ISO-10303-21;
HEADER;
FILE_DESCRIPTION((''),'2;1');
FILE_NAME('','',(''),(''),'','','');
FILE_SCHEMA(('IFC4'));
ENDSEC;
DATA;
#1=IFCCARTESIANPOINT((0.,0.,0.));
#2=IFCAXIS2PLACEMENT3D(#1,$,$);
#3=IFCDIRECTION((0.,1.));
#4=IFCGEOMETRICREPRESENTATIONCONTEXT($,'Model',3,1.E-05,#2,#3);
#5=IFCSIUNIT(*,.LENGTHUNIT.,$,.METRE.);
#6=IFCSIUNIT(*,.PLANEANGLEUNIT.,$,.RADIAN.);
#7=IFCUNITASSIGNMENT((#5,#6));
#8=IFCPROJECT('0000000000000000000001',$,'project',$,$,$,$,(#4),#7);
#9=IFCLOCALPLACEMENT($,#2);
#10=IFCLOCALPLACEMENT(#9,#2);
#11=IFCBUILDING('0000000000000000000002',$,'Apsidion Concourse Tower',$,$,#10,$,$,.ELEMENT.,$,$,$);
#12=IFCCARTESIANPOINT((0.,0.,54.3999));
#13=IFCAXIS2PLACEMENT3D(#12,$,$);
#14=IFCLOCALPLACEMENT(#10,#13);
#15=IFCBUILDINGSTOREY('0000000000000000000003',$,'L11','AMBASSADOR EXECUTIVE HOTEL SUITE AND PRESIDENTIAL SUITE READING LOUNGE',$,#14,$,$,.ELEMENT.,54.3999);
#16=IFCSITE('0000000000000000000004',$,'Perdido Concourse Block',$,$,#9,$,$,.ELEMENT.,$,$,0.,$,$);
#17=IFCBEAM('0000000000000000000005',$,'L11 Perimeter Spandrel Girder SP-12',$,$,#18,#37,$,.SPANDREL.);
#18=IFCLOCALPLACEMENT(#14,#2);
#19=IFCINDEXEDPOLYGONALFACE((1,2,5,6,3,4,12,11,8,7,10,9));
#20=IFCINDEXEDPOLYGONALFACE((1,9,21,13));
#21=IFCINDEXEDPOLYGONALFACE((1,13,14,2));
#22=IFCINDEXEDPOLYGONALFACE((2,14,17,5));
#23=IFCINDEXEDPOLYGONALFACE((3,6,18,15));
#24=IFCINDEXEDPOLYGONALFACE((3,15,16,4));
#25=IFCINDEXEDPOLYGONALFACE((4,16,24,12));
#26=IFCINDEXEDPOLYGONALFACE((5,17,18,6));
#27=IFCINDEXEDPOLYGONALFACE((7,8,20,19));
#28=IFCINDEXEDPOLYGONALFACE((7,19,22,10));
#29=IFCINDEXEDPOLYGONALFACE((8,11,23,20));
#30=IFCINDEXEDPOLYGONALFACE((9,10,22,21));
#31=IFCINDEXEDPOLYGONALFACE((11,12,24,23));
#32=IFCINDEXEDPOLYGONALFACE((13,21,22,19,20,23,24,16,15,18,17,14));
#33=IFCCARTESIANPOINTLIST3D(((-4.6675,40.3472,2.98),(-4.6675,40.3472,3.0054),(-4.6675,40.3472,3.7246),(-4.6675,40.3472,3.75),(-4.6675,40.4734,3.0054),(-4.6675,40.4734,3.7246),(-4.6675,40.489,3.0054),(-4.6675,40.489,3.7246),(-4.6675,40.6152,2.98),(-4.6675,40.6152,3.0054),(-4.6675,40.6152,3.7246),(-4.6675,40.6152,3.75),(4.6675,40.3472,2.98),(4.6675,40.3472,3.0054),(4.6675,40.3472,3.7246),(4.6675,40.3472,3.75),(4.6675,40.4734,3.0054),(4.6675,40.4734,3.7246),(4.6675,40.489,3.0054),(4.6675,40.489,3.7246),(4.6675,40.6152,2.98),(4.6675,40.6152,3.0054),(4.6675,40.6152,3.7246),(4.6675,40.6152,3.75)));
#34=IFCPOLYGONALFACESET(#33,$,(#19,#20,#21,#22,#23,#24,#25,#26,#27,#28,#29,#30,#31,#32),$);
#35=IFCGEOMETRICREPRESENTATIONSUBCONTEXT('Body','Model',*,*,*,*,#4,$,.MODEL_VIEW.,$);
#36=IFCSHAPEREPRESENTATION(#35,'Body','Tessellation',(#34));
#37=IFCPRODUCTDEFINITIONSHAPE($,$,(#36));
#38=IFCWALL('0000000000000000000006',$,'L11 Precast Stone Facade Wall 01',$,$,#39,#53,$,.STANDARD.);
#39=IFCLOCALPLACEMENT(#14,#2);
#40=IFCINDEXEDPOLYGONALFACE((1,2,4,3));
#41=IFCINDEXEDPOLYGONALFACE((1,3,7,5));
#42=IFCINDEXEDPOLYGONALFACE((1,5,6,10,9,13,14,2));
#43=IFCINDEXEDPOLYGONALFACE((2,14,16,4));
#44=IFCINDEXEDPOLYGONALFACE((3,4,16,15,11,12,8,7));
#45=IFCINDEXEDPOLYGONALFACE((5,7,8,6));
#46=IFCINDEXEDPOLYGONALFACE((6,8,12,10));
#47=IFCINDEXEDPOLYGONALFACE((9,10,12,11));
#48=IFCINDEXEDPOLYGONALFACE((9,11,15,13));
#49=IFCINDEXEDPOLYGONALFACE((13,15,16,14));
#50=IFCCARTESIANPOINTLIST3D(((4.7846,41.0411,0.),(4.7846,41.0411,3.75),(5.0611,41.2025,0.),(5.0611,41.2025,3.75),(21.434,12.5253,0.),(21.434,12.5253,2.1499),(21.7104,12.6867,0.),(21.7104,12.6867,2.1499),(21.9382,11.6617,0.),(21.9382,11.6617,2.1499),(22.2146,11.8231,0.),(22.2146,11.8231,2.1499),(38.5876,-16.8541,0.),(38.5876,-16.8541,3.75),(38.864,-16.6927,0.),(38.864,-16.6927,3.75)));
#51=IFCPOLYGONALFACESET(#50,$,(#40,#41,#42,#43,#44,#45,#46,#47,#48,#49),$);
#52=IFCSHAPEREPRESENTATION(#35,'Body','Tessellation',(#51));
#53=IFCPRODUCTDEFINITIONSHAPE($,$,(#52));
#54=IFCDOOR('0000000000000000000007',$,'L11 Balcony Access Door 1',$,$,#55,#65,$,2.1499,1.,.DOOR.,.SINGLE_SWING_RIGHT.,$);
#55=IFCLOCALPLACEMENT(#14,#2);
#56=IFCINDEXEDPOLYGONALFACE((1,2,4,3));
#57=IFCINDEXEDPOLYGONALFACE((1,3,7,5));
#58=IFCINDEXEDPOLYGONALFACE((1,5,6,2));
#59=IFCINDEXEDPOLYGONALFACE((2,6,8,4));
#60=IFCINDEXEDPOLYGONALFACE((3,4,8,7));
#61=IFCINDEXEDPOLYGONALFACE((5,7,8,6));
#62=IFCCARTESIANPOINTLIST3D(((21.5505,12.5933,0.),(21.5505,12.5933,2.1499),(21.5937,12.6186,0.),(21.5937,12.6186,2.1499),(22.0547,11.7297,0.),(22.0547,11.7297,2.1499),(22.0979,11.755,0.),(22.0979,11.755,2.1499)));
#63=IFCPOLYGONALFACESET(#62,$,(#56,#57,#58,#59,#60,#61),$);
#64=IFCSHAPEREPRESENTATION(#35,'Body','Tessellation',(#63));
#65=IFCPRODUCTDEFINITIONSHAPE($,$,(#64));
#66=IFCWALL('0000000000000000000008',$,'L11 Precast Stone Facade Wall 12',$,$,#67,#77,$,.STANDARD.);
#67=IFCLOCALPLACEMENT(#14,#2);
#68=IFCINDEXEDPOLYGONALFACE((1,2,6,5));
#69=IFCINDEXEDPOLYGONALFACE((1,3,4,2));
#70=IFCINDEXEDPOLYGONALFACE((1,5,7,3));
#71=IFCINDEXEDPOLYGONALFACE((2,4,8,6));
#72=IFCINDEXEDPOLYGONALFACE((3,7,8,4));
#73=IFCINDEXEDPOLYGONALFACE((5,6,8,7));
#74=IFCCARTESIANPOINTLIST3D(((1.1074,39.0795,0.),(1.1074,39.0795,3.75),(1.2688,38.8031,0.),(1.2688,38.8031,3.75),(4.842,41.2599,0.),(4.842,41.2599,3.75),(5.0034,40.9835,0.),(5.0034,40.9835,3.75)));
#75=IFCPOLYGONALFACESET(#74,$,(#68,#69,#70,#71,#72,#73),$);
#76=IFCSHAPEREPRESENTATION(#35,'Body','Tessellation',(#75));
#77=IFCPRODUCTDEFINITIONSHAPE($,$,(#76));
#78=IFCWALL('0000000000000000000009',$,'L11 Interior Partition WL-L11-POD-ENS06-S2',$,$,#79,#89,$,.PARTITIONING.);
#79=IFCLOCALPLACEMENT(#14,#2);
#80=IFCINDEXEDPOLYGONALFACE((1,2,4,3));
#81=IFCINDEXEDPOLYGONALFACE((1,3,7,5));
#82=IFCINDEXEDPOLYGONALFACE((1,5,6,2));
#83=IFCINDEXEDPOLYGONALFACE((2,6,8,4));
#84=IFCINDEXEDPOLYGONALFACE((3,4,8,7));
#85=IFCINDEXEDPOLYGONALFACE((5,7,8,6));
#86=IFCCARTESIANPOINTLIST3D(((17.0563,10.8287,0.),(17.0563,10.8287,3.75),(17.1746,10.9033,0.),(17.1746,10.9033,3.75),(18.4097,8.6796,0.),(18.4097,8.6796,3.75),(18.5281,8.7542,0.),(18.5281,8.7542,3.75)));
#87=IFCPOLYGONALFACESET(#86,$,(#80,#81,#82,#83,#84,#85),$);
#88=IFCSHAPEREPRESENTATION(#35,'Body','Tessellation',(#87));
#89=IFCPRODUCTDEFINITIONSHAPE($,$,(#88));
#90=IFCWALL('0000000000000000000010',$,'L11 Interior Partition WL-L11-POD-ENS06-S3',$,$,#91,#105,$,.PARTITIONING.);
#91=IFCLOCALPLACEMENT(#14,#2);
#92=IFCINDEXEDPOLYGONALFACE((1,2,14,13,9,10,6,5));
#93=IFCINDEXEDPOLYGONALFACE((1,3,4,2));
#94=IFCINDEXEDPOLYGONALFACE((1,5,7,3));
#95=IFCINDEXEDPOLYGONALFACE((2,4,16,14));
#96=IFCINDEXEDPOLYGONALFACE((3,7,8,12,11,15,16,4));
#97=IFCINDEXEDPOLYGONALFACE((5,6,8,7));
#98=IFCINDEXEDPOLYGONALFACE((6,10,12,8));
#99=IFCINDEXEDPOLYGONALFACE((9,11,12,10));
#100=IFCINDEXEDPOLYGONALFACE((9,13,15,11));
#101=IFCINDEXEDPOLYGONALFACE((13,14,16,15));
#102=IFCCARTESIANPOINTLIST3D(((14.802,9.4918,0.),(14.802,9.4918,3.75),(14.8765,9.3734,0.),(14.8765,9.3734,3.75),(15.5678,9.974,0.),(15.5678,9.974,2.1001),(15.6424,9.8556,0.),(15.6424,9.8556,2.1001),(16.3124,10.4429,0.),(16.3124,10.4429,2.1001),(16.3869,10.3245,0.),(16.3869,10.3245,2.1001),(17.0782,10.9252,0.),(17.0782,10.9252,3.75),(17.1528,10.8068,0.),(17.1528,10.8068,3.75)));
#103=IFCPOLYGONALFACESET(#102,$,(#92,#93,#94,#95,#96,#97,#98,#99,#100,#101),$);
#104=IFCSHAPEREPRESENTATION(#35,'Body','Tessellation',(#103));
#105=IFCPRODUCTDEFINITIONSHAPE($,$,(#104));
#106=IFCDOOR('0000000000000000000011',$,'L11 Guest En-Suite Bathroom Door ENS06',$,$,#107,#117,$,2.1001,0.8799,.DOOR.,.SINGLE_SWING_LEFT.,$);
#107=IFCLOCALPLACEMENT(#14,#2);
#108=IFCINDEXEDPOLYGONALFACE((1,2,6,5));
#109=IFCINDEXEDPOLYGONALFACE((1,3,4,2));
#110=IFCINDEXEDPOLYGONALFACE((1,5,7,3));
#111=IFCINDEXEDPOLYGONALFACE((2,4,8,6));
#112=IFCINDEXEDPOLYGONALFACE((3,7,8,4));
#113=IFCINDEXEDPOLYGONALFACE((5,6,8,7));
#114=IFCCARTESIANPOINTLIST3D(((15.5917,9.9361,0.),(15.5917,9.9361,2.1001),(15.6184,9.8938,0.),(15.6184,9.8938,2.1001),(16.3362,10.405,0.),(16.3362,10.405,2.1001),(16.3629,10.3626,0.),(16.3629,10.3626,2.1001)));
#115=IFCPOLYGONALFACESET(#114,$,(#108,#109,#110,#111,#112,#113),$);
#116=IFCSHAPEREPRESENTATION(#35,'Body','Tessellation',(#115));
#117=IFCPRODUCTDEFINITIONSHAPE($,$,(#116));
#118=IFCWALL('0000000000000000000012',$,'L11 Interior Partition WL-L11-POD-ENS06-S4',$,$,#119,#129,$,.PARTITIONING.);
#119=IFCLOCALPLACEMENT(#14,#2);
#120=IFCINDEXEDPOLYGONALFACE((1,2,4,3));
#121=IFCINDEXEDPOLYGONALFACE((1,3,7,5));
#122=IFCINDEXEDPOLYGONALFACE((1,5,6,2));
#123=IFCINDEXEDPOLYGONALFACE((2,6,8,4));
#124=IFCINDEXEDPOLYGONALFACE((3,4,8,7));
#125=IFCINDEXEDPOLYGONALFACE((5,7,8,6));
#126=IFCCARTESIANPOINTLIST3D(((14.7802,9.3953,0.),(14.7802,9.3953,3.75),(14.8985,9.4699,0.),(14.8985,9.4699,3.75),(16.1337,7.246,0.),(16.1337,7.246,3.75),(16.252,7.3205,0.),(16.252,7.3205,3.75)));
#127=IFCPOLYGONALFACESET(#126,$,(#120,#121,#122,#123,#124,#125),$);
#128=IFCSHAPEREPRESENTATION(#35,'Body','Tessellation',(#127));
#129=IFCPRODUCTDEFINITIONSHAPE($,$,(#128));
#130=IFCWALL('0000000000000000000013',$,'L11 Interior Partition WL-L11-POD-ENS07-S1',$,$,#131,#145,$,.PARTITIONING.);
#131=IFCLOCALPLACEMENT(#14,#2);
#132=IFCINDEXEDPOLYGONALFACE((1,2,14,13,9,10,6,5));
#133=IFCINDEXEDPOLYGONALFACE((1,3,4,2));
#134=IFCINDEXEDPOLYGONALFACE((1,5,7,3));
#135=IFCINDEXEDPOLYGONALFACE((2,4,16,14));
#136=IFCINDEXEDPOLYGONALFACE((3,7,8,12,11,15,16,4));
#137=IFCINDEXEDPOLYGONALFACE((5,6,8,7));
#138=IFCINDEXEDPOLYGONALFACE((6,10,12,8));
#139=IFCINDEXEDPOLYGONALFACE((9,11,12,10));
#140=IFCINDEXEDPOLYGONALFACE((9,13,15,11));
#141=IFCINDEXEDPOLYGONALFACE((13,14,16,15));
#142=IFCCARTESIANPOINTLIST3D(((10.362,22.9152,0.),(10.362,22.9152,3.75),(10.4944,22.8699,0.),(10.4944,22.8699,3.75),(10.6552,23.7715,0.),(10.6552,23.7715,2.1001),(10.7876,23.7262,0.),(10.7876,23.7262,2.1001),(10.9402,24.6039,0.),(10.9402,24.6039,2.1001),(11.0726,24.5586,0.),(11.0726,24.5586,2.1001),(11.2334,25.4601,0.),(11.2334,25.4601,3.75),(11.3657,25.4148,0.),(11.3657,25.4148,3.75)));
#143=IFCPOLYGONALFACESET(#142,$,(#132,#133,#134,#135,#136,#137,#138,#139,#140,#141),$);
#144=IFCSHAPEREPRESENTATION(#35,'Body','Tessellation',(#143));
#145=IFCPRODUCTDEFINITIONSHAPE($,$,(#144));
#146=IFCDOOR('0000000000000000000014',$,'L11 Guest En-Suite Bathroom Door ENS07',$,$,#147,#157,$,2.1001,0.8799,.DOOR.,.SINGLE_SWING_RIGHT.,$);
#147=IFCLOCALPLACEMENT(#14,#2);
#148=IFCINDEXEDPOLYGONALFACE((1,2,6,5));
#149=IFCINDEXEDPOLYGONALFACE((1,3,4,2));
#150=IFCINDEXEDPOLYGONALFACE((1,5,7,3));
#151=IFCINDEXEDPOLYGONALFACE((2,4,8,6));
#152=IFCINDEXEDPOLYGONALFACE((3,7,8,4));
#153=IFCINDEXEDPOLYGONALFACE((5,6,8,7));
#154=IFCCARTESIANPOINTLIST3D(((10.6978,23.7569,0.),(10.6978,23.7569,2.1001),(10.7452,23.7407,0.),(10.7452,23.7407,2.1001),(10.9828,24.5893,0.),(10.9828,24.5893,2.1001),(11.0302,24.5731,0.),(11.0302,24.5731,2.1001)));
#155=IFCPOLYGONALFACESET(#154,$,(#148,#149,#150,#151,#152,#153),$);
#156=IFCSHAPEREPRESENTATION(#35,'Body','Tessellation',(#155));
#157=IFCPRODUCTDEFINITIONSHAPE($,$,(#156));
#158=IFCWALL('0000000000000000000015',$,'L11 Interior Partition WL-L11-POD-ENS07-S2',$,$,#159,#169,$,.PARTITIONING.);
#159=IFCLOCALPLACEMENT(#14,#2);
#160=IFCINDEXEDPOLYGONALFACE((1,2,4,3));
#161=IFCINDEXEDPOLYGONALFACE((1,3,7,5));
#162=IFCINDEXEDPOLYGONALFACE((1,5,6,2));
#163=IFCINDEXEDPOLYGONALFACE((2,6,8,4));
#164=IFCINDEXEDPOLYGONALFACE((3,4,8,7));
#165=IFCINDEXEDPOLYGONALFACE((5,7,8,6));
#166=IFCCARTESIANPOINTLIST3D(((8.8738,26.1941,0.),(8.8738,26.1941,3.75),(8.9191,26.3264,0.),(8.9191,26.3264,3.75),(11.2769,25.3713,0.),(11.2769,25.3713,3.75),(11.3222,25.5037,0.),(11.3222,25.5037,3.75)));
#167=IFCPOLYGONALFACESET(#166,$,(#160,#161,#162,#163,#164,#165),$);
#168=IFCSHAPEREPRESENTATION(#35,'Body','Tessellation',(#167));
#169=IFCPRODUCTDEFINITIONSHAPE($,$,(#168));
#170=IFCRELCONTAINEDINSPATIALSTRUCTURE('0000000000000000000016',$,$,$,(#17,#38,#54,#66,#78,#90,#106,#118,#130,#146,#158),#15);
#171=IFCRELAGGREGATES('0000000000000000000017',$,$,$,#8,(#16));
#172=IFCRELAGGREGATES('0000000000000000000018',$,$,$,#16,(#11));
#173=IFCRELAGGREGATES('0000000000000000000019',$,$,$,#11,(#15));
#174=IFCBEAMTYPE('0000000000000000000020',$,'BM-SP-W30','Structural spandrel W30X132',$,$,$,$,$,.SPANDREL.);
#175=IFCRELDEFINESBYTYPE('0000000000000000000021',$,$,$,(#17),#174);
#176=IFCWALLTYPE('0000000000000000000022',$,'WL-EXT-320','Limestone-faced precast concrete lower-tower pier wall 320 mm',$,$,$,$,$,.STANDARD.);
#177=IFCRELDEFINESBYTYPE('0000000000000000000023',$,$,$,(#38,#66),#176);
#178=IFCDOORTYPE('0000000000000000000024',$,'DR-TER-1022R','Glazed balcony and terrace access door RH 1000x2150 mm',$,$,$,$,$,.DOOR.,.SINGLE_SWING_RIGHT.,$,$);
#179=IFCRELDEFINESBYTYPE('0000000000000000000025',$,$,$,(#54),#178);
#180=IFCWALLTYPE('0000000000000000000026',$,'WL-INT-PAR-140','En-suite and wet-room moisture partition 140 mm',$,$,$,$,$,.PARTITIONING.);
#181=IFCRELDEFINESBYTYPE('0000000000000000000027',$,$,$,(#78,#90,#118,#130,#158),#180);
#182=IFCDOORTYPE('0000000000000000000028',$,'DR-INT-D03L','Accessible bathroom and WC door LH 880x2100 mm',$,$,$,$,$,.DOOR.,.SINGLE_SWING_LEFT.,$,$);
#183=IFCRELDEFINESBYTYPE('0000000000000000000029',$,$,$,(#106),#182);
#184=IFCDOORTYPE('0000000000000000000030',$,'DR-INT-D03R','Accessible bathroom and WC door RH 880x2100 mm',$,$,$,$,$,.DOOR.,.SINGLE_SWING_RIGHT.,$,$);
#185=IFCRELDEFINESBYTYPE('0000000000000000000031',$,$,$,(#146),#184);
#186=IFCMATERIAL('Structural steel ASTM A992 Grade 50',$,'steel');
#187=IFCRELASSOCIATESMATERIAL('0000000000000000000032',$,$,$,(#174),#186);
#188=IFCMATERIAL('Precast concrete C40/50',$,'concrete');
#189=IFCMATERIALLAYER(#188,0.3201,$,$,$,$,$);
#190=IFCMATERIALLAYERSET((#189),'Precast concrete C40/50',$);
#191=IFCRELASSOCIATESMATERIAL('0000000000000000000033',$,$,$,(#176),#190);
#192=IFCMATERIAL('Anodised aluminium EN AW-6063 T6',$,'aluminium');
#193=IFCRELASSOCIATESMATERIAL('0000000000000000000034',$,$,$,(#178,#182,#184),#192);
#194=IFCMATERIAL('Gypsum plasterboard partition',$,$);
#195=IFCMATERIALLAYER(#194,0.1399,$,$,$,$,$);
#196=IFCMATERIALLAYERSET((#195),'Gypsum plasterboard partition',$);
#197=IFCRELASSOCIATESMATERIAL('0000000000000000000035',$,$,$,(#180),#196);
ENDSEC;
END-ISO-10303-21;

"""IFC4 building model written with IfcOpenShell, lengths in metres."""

from ifc_helpers import new_model, si_unit, direction, frame, frame_2d, origin, origin_2d, place, context, subcontext, project, spatial, rectangle, i_section, extrude, material, layer, layer_set, material_profile, profile_set, type_object, element, fill, save


model = new_model("IFC4")

# Units and contexts
model_context = context("Model", 3, precision=1e-05, world=origin(), true_north=direction((0.0, 1.0)))
body_context = subcontext(model_context, "Body", "Model", "MODEL_VIEW")
ifc_project = project(units=[si_unit("LENGTHUNIT", "METRE"), si_unit("PLANEANGLEUNIT", "RADIAN")], contexts=[model_context])

# Site, building, storey
site_placement = place(None, origin())
site = spatial("IfcSite", under=ifc_project, at=site_placement, Name="Perdido Concourse Block", CompositionType="ELEMENT", RefElevation=0.0)
building_placement = place(site_placement, origin())
building = spatial("IfcBuilding", under=site, at=building_placement, Name="Apsidion Concourse Tower", CompositionType="ELEMENT")
storey_placement = place(building_placement, frame((0.0, 0.0, 54.3999)))
storey = spatial("IfcBuildingStorey", under=building, at=storey_placement, Name="L11", Description="AMBASSADOR EXECUTIVE HOTEL SUITE AND PRESIDENTIAL SUITE READING LOUNGE", CompositionType="ELEMENT", Elevation=54.3999)

# Beam
ifc_material_1 = material(Name="Structural steel ASTM A992 Grade 50", Category="steel")
ifc_material_profile_1 = material_profile(ifc_material_1, i_section(OverallWidth=0.2681, OverallDepth=0.77, WebThickness=0.0156, FlangeThickness=0.0254, at=origin_2d()), Name="W30X132")
ifc_profile_set_1 = profile_set([ifc_material_profile_1], Name="Structural steel ASTM A992 Grade 50")
beam_type_1 = type_object("IfcBeamType", Name="BM-SP-W30", Description="Structural spandrel W30X132", PredefinedType="SPANDREL", material=ifc_profile_set_1)
beam_1_placement = place(storey_placement, frame((4.6675, 40.4812, 3.365), z_axis=(-1.0, 0.0, 0.0), x_axis=(0.0, -1.0, 0.0)))
element("IfcBeam", 1, at=beam_1_placement, inside=storey, type_object=beam_type_1, Name="L11 Perimeter Spandrel Girder SP-12", PredefinedType="SPANDREL", context=body_context, shape_type="SweptSolid", body=[
    extrude(i_section(OverallWidth=0.2681, OverallDepth=0.77, WebThickness=0.0156, FlangeThickness=0.0254, at=origin_2d()), origin(), (0.0, 0.0, 1.0), 9.335),
])

# Wall, opening, door
ifc_material_2 = material(Name="Precast concrete C40/50", Category="concrete")
ifc_layer_1 = layer(ifc_material_2, 0.3201)
ifc_layer_set_1 = layer_set([ifc_layer_1], Name="Precast concrete C40/50")
wall_type_1 = type_object("IfcWallType", Name="WL-EXT-320", Description="Limestone-faced precast concrete lower-tower pier wall 320 mm", PredefinedType="STANDARD", material=ifc_layer_set_1)
wall_1_placement = place(storey_placement, frame((4.9229, 41.1218, 0.0), z_axis=(0.0, 0.0, 1.0), x_axis=(0.504213, -0.863579, 0.0)))
wall_1 = element("IfcWall", 2, at=wall_1_placement, inside=storey, type_object=wall_type_1, Name="L11 Precast Stone Facade Wall 01", PredefinedType="STANDARD", context=body_context, shape_type="SweptSolid", body=[
    extrude(rectangle(XDim=67.041, YDim=0.3201, at=frame_2d((33.5205, 0.0))), origin(), (0.0, 0.0, 1.0), 3.75),
])
opening_1_placement = place(wall_1_placement, frame((33.0205, 0.0, 0.0)))
opening_1 = element("IfcOpeningElement", 3, at=opening_1_placement, cuts=wall_1, PredefinedType="OPENING", context=body_context, shape_type="SweptSolid", body=[
    extrude(rectangle(XDim=1.0, YDim=2.1499, at=frame_2d((0.5, 1.075))), frame((0.0, 0.1699, 0.0), z_axis=(0.0, -1.0, 0.0), x_axis=(1.0, 0.0, 0.0)), (0.0, 0.0, 1.0), 0.3401),
])
ifc_material_3 = material(Name="Anodised aluminium EN AW-6063 T6", Category="aluminium")
door_type_1 = type_object("IfcDoorType", Name="DR-TER-1022R", Description="Glazed balcony and terrace access door RH 1000x2150 mm", OperationType="SINGLE_SWING_RIGHT", PredefinedType="DOOR", material=ifc_material_3)
door_1_placement = place(opening_1_placement, origin())
door_1 = element("IfcDoor", 4, at=door_1_placement, inside=storey, type_object=door_type_1, Name="L11 Balcony Access Door 1", OperationType="SINGLE_SWING_RIGHT", OverallHeight=2.1499, OverallWidth=1.0, PredefinedType="DOOR", context=body_context, shape_type="SweptSolid", body=[
    extrude(rectangle(XDim=1.0, YDim=2.1499, at=frame_2d((0.5, 1.075))), frame((0.0, 0.0249, 0.0), z_axis=(0.0, -1.0, 0.0), x_axis=(1.0, 0.0, 0.0)), (0.0, 0.0, 1.0), 0.05),
])
fill(opening_1, door_1)

# Walls
wall_2_placement = place(storey_placement, frame((1.1882, 38.9414, 0.0), z_axis=(0.0, 0.0, 1.0), x_axis=(0.863588, 0.504197, 0.0)))
element("IfcWall", 5, at=wall_2_placement, inside=storey, type_object=wall_type_1, Name="L11 Precast Stone Facade Wall 12", PredefinedType="STANDARD", context=body_context, shape_type="SweptSolid", body=[
    extrude(rectangle(XDim=4.3245, YDim=0.3201, at=frame_2d((2.1621, 0.0))), origin(), (0.0, 0.0, 1.0), 3.75),
])
ifc_material_4 = material(Name="Gypsum plasterboard partition")
ifc_layer_2 = layer(ifc_material_4, 0.1399)
ifc_layer_set_2 = layer_set([ifc_layer_2], Name="Gypsum plasterboard partition")
wall_type_2 = type_object("IfcWallType", Name="WL-INT-PAR-140", Description="En-suite and wet-room moisture partition 140 mm", PredefinedType="PARTITIONING", material=ifc_layer_set_2)
wall_3_placement = place(storey_placement, frame((18.469, 8.7168, 0.0), z_axis=(0.0, 0.0, 1.0), x_axis=(-0.532908, 0.846173, 0.0)))
element("IfcWall", 6, at=wall_3_placement, inside=storey, type_object=wall_type_2, Name="L11 Interior Partition WL-L11-POD-ENS06-S2", PredefinedType="PARTITIONING", context=body_context, shape_type="SweptSolid", body=[
    extrude(rectangle(XDim=2.5398, YDim=0.1399, at=frame_2d((1.27, 0.0))), origin(), (0.0, 0.0, 1.0), 3.75),
])

# Wall, opening, door
wall_4_placement = place(storey_placement, frame((17.1155, 10.866, 0.0), z_axis=(0.0, 0.0, 1.0), x_axis=(-0.846193, -0.532876, 0.0)))
wall_4 = element("IfcWall", 7, at=wall_4_placement, inside=storey, type_object=wall_type_2, Name="L11 Interior Partition WL-L11-POD-ENS06-S3", PredefinedType="PARTITIONING", context=body_context, shape_type="SweptSolid", body=[
    extrude(rectangle(XDim=2.6899, YDim=0.1399, at=frame_2d((1.345, 0.0))), origin(), (0.0, 0.0, 1.0), 3.75),
])
opening_2_placement = place(wall_4_placement, frame((0.905, 0.0, 0.0)))
opening_2 = element("IfcOpeningElement", 8, at=opening_2_placement, cuts=wall_4, PredefinedType="OPENING", context=body_context, shape_type="SweptSolid", body=[
    extrude(rectangle(XDim=0.8799, YDim=2.1001, at=frame_2d((0.4399, 1.05))), frame((0.0, 0.0801, 0.0), z_axis=(0.0, -1.0, 0.0), x_axis=(1.0, 0.0, 0.0)), (0.0, 0.0, 1.0), 0.1599),
])
door_type_2 = type_object("IfcDoorType", Name="DR-INT-D03L", Description="Accessible bathroom and WC door LH 880x2100 mm", OperationType="SINGLE_SWING_LEFT", PredefinedType="DOOR", material=ifc_material_3)
door_2_placement = place(opening_2_placement, origin())
door_2 = element("IfcDoor", 9, at=door_2_placement, inside=storey, type_object=door_type_2, Name="L11 Guest En-Suite Bathroom Door ENS06", OperationType="SINGLE_SWING_LEFT", OverallHeight=2.1001, OverallWidth=0.8799, PredefinedType="DOOR", context=body_context, shape_type="SweptSolid", body=[
    extrude(rectangle(XDim=0.8799, YDim=2.1001, at=frame_2d((0.4399, 1.05))), frame((0.0, 0.0249, 0.0), z_axis=(0.0, -1.0, 0.0), x_axis=(1.0, 0.0, 0.0)), (0.0, 0.0, 1.0), 0.05),
])
fill(opening_2, door_2)

# Wall
wall_5_placement = place(storey_placement, frame((14.8394, 9.4326, 0.0), z_axis=(0.0, 0.0, 1.0), x_axis=(0.532864, -0.846201, 0.0)))
element("IfcWall", 10, at=wall_5_placement, inside=storey, type_object=wall_type_2, Name="L11 Interior Partition WL-L11-POD-ENS06-S4", PredefinedType="PARTITIONING", context=body_context, shape_type="SweptSolid", body=[
    extrude(rectangle(XDim=2.54, YDim=0.1399, at=frame_2d((1.27, 0.0))), origin(), (0.0, 0.0, 1.0), 3.75),
])

# Wall, opening, door
wall_6_placement = place(storey_placement, frame((10.4282, 22.8926, 0.0), z_axis=(0.0, 0.0, 1.0), x_axis=(0.323923, 0.946083, 0.0)))
wall_6 = element("IfcWall", 11, at=wall_6_placement, inside=storey, type_object=wall_type_2, Name="L11 Interior Partition WL-L11-POD-ENS07-S1", PredefinedType="PARTITIONING", context=body_context, shape_type="SweptSolid", body=[
    extrude(rectangle(XDim=2.6899, YDim=0.1399, at=frame_2d((1.345, 0.0))), origin(), (0.0, 0.0, 1.0), 3.75),
])
opening_3_placement = place(wall_6_placement, frame((0.905, 0.0, 0.0)))
opening_3 = element("IfcOpeningElement", 12, at=opening_3_placement, cuts=wall_6, PredefinedType="OPENING", context=body_context, shape_type="SweptSolid", body=[
    extrude(rectangle(XDim=0.8799, YDim=2.1001, at=frame_2d((0.4399, 1.05))), frame((0.0, 0.0801, 0.0), z_axis=(0.0, -1.0, 0.0), x_axis=(1.0, 0.0, 0.0)), (0.0, 0.0, 1.0), 0.1599),
])
door_type_3 = type_object("IfcDoorType", Name="DR-INT-D03R", Description="Accessible bathroom and WC door RH 880x2100 mm", OperationType="SINGLE_SWING_RIGHT", PredefinedType="DOOR", material=ifc_material_3)
door_3_placement = place(opening_3_placement, origin())
door_3 = element("IfcDoor", 13, at=door_3_placement, inside=storey, type_object=door_type_3, Name="L11 Guest En-Suite Bathroom Door ENS07", OperationType="SINGLE_SWING_RIGHT", OverallHeight=2.1001, OverallWidth=0.8799, PredefinedType="DOOR", context=body_context, shape_type="SweptSolid", body=[
    extrude(rectangle(XDim=0.8799, YDim=2.1001, at=frame_2d((0.4399, 1.05))), frame((0.0, 0.0249, 0.0), z_axis=(0.0, -1.0, 0.0), x_axis=(1.0, 0.0, 0.0)), (0.0, 0.0, 1.0), 0.05),
])
fill(opening_3, door_3)

# Wall
wall_7_placement = place(storey_placement, frame((11.2996, 25.4375, 0.0), z_axis=(0.0, 0.0, 1.0), x_axis=(-0.946086, 0.323916, 0.0)))
element("IfcWall", 14, at=wall_7_placement, inside=storey, type_object=wall_type_2, Name="L11 Interior Partition WL-L11-POD-ENS07-S2", PredefinedType="PARTITIONING", context=body_context, shape_type="SweptSolid", body=[
    extrude(rectangle(XDim=2.54, YDim=0.1399, at=frame_2d((1.27, 0.0))), origin(), (0.0, 0.0, 1.0), 3.75),
])

save(model, "model.ifc")
